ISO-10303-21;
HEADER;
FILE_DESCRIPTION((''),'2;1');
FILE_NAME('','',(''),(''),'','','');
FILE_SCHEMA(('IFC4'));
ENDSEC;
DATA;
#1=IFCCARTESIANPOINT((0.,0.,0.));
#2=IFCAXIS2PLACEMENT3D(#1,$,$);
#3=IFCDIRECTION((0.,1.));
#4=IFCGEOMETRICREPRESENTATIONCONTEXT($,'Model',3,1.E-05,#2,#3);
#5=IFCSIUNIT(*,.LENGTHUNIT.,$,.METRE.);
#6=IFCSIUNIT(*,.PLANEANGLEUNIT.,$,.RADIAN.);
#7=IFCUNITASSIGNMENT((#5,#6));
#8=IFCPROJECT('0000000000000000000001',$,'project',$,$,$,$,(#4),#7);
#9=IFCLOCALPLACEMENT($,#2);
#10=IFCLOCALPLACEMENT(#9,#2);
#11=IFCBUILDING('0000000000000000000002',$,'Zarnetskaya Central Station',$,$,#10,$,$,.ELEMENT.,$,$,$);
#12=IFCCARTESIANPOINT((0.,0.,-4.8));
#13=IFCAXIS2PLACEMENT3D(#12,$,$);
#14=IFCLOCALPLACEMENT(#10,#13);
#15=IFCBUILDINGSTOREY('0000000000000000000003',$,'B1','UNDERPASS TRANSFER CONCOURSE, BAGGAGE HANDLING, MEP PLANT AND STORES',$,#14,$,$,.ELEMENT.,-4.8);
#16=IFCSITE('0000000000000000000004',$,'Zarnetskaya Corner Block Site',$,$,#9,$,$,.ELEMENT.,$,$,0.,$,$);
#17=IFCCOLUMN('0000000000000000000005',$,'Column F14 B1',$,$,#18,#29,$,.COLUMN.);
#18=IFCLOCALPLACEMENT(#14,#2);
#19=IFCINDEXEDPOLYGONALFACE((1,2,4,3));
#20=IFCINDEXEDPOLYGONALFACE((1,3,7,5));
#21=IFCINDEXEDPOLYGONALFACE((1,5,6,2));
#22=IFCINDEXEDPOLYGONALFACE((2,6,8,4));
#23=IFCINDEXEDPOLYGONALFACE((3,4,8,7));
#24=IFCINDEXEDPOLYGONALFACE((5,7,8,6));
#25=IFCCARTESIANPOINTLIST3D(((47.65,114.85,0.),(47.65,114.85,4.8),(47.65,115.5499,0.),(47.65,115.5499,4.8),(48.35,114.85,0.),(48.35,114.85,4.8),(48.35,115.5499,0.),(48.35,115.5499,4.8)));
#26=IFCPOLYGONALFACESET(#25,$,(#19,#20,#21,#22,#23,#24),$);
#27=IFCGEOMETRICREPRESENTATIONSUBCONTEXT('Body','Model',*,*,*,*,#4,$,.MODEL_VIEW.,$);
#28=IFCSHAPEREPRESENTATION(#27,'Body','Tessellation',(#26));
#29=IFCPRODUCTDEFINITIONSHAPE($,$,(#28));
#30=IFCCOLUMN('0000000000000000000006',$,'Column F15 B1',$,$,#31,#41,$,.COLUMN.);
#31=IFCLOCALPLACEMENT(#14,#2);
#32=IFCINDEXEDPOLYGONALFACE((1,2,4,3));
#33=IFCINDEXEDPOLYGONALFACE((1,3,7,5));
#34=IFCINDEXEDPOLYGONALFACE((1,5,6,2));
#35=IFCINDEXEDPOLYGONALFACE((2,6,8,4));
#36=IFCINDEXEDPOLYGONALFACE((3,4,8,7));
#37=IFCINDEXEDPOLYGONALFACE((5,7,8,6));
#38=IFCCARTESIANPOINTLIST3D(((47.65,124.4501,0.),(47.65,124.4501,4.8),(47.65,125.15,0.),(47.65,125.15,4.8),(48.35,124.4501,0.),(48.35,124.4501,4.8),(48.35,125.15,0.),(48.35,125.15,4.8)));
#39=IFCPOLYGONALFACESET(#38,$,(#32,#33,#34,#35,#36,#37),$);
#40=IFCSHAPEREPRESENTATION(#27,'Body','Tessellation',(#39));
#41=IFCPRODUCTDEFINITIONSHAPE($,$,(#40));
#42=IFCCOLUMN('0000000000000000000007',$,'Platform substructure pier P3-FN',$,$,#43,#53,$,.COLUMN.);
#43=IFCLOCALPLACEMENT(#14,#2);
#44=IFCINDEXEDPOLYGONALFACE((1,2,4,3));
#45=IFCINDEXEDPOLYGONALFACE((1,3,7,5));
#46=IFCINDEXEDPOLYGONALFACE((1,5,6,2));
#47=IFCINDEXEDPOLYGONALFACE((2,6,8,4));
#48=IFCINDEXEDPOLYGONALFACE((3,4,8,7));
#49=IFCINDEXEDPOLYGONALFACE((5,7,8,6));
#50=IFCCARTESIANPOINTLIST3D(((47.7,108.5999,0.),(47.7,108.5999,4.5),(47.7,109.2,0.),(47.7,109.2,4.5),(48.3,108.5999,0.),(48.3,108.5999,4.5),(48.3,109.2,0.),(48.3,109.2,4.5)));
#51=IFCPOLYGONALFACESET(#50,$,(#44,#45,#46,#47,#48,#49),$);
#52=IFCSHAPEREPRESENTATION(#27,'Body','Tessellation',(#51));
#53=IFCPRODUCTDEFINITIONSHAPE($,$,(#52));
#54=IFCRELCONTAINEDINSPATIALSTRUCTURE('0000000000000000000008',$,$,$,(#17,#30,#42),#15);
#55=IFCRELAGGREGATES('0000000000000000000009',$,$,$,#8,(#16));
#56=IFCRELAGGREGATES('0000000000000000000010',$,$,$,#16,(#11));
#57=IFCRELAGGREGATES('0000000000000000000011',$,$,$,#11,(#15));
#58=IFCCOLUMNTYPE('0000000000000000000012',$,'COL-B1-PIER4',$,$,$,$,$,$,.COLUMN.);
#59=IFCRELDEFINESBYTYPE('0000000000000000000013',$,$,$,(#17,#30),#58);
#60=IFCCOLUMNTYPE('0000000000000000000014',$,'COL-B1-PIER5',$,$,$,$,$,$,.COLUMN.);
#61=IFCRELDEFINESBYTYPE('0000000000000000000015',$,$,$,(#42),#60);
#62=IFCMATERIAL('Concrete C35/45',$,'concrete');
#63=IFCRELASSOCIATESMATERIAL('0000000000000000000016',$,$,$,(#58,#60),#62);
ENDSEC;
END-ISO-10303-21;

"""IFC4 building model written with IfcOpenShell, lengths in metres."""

from ifc_helpers import new_model, si_unit, direction, frame, origin, origin_2d, place, context, subcontext, project, spatial, rectangle, extrude, material, material_profile, profile_set, type_object, element, save


model = new_model("IFC4")

# Units and contexts
model_context = context("Model", 3, precision=1e-05, world=origin(), true_north=direction((0.0, 1.0)))
body_context = subcontext(model_context, "Body", "Model", "MODEL_VIEW")
ifc_project = project(units=[si_unit("LENGTHUNIT", "METRE"), si_unit("PLANEANGLEUNIT", "RADIAN")], contexts=[model_context])

# Site, building, storey
site_placement = place(None, origin())
site = spatial("IfcSite", under=ifc_project, at=site_placement, Name="Zarnetskaya Corner Block Site", CompositionType="ELEMENT", RefElevation=0.0)
building_placement = place(site_placement, origin())
building = spatial("IfcBuilding", under=site, at=building_placement, Name="Zarnetskaya Central Station", CompositionType="ELEMENT")
storey_placement = place(building_placement, frame((0.0, 0.0, -4.8)))
storey = spatial("IfcBuildingStorey", under=building, at=storey_placement, Name="B1", Description="UNDERPASS TRANSFER CONCOURSE, BAGGAGE HANDLING, MEP PLANT AND STORES", CompositionType="ELEMENT", Elevation=-4.8)

# Shared definitions
ifc_material = material(Name="Concrete C35/45", Category="concrete")

# Columns
ifc_material_profile_1 = material_profile(ifc_material, rectangle(XDim=0.7, YDim=0.7, at=origin_2d()), Name="RC 700x700")
ifc_profile_set_1 = profile_set([ifc_material_profile_1], Name="Concrete C35/45")
column_type_1 = type_object("IfcColumnType", Name="COL-B1-PIER4", PredefinedType="COLUMN", material=ifc_profile_set_1)
for number, where, z_axis, x_axis, name in (
    (1, (48.0, 115.2, 0.0), (0.0, 0.0, 1.0), (1.0, 0.0, 0.0), "Column F14 B1"),
    (2, (48.0, 124.8, 0.0), (0.0, 0.0, 1.0), (1.0, 0.0, 0.0), "Column F15 B1"),
):
    element("IfcColumn", number, at=place(storey_placement, frame(where, z_axis=z_axis, x_axis=x_axis)), inside=storey, type_object=column_type_1, Name=name, PredefinedType="COLUMN", context=body_context, shape_type="SweptSolid", body=[
        extrude(rectangle(XDim=0.7, YDim=0.7, at=origin_2d()), origin(), (0.0, 0.0, 1.0), 4.8),
    ])
ifc_material_profile_2 = material_profile(ifc_material, rectangle(XDim=0.6001, YDim=0.6001, at=origin_2d()), Name="RC 600x600")
ifc_profile_set_2 = profile_set([ifc_material_profile_2], Name="Concrete C35/45")
column_type_2 = type_object("IfcColumnType", Name="COL-B1-PIER5", PredefinedType="COLUMN", material=ifc_profile_set_2)
column_placement = place(storey_placement, frame((48.0, 108.8999, 0.0), z_axis=(0.0, 0.0, 1.0), x_axis=(1.0, 0.0, 0.0)))
element("IfcColumn", 3, at=column_placement, inside=storey, type_object=column_type_2, Name="Platform substructure pier P3-FN", PredefinedType="COLUMN", context=body_context, shape_type="SweptSolid", body=[
    extrude(rectangle(XDim=0.6001, YDim=0.6001, at=origin_2d()), origin(), (0.0, 0.0, 1.0), 4.5),
])

save(model, "model.ifc")
